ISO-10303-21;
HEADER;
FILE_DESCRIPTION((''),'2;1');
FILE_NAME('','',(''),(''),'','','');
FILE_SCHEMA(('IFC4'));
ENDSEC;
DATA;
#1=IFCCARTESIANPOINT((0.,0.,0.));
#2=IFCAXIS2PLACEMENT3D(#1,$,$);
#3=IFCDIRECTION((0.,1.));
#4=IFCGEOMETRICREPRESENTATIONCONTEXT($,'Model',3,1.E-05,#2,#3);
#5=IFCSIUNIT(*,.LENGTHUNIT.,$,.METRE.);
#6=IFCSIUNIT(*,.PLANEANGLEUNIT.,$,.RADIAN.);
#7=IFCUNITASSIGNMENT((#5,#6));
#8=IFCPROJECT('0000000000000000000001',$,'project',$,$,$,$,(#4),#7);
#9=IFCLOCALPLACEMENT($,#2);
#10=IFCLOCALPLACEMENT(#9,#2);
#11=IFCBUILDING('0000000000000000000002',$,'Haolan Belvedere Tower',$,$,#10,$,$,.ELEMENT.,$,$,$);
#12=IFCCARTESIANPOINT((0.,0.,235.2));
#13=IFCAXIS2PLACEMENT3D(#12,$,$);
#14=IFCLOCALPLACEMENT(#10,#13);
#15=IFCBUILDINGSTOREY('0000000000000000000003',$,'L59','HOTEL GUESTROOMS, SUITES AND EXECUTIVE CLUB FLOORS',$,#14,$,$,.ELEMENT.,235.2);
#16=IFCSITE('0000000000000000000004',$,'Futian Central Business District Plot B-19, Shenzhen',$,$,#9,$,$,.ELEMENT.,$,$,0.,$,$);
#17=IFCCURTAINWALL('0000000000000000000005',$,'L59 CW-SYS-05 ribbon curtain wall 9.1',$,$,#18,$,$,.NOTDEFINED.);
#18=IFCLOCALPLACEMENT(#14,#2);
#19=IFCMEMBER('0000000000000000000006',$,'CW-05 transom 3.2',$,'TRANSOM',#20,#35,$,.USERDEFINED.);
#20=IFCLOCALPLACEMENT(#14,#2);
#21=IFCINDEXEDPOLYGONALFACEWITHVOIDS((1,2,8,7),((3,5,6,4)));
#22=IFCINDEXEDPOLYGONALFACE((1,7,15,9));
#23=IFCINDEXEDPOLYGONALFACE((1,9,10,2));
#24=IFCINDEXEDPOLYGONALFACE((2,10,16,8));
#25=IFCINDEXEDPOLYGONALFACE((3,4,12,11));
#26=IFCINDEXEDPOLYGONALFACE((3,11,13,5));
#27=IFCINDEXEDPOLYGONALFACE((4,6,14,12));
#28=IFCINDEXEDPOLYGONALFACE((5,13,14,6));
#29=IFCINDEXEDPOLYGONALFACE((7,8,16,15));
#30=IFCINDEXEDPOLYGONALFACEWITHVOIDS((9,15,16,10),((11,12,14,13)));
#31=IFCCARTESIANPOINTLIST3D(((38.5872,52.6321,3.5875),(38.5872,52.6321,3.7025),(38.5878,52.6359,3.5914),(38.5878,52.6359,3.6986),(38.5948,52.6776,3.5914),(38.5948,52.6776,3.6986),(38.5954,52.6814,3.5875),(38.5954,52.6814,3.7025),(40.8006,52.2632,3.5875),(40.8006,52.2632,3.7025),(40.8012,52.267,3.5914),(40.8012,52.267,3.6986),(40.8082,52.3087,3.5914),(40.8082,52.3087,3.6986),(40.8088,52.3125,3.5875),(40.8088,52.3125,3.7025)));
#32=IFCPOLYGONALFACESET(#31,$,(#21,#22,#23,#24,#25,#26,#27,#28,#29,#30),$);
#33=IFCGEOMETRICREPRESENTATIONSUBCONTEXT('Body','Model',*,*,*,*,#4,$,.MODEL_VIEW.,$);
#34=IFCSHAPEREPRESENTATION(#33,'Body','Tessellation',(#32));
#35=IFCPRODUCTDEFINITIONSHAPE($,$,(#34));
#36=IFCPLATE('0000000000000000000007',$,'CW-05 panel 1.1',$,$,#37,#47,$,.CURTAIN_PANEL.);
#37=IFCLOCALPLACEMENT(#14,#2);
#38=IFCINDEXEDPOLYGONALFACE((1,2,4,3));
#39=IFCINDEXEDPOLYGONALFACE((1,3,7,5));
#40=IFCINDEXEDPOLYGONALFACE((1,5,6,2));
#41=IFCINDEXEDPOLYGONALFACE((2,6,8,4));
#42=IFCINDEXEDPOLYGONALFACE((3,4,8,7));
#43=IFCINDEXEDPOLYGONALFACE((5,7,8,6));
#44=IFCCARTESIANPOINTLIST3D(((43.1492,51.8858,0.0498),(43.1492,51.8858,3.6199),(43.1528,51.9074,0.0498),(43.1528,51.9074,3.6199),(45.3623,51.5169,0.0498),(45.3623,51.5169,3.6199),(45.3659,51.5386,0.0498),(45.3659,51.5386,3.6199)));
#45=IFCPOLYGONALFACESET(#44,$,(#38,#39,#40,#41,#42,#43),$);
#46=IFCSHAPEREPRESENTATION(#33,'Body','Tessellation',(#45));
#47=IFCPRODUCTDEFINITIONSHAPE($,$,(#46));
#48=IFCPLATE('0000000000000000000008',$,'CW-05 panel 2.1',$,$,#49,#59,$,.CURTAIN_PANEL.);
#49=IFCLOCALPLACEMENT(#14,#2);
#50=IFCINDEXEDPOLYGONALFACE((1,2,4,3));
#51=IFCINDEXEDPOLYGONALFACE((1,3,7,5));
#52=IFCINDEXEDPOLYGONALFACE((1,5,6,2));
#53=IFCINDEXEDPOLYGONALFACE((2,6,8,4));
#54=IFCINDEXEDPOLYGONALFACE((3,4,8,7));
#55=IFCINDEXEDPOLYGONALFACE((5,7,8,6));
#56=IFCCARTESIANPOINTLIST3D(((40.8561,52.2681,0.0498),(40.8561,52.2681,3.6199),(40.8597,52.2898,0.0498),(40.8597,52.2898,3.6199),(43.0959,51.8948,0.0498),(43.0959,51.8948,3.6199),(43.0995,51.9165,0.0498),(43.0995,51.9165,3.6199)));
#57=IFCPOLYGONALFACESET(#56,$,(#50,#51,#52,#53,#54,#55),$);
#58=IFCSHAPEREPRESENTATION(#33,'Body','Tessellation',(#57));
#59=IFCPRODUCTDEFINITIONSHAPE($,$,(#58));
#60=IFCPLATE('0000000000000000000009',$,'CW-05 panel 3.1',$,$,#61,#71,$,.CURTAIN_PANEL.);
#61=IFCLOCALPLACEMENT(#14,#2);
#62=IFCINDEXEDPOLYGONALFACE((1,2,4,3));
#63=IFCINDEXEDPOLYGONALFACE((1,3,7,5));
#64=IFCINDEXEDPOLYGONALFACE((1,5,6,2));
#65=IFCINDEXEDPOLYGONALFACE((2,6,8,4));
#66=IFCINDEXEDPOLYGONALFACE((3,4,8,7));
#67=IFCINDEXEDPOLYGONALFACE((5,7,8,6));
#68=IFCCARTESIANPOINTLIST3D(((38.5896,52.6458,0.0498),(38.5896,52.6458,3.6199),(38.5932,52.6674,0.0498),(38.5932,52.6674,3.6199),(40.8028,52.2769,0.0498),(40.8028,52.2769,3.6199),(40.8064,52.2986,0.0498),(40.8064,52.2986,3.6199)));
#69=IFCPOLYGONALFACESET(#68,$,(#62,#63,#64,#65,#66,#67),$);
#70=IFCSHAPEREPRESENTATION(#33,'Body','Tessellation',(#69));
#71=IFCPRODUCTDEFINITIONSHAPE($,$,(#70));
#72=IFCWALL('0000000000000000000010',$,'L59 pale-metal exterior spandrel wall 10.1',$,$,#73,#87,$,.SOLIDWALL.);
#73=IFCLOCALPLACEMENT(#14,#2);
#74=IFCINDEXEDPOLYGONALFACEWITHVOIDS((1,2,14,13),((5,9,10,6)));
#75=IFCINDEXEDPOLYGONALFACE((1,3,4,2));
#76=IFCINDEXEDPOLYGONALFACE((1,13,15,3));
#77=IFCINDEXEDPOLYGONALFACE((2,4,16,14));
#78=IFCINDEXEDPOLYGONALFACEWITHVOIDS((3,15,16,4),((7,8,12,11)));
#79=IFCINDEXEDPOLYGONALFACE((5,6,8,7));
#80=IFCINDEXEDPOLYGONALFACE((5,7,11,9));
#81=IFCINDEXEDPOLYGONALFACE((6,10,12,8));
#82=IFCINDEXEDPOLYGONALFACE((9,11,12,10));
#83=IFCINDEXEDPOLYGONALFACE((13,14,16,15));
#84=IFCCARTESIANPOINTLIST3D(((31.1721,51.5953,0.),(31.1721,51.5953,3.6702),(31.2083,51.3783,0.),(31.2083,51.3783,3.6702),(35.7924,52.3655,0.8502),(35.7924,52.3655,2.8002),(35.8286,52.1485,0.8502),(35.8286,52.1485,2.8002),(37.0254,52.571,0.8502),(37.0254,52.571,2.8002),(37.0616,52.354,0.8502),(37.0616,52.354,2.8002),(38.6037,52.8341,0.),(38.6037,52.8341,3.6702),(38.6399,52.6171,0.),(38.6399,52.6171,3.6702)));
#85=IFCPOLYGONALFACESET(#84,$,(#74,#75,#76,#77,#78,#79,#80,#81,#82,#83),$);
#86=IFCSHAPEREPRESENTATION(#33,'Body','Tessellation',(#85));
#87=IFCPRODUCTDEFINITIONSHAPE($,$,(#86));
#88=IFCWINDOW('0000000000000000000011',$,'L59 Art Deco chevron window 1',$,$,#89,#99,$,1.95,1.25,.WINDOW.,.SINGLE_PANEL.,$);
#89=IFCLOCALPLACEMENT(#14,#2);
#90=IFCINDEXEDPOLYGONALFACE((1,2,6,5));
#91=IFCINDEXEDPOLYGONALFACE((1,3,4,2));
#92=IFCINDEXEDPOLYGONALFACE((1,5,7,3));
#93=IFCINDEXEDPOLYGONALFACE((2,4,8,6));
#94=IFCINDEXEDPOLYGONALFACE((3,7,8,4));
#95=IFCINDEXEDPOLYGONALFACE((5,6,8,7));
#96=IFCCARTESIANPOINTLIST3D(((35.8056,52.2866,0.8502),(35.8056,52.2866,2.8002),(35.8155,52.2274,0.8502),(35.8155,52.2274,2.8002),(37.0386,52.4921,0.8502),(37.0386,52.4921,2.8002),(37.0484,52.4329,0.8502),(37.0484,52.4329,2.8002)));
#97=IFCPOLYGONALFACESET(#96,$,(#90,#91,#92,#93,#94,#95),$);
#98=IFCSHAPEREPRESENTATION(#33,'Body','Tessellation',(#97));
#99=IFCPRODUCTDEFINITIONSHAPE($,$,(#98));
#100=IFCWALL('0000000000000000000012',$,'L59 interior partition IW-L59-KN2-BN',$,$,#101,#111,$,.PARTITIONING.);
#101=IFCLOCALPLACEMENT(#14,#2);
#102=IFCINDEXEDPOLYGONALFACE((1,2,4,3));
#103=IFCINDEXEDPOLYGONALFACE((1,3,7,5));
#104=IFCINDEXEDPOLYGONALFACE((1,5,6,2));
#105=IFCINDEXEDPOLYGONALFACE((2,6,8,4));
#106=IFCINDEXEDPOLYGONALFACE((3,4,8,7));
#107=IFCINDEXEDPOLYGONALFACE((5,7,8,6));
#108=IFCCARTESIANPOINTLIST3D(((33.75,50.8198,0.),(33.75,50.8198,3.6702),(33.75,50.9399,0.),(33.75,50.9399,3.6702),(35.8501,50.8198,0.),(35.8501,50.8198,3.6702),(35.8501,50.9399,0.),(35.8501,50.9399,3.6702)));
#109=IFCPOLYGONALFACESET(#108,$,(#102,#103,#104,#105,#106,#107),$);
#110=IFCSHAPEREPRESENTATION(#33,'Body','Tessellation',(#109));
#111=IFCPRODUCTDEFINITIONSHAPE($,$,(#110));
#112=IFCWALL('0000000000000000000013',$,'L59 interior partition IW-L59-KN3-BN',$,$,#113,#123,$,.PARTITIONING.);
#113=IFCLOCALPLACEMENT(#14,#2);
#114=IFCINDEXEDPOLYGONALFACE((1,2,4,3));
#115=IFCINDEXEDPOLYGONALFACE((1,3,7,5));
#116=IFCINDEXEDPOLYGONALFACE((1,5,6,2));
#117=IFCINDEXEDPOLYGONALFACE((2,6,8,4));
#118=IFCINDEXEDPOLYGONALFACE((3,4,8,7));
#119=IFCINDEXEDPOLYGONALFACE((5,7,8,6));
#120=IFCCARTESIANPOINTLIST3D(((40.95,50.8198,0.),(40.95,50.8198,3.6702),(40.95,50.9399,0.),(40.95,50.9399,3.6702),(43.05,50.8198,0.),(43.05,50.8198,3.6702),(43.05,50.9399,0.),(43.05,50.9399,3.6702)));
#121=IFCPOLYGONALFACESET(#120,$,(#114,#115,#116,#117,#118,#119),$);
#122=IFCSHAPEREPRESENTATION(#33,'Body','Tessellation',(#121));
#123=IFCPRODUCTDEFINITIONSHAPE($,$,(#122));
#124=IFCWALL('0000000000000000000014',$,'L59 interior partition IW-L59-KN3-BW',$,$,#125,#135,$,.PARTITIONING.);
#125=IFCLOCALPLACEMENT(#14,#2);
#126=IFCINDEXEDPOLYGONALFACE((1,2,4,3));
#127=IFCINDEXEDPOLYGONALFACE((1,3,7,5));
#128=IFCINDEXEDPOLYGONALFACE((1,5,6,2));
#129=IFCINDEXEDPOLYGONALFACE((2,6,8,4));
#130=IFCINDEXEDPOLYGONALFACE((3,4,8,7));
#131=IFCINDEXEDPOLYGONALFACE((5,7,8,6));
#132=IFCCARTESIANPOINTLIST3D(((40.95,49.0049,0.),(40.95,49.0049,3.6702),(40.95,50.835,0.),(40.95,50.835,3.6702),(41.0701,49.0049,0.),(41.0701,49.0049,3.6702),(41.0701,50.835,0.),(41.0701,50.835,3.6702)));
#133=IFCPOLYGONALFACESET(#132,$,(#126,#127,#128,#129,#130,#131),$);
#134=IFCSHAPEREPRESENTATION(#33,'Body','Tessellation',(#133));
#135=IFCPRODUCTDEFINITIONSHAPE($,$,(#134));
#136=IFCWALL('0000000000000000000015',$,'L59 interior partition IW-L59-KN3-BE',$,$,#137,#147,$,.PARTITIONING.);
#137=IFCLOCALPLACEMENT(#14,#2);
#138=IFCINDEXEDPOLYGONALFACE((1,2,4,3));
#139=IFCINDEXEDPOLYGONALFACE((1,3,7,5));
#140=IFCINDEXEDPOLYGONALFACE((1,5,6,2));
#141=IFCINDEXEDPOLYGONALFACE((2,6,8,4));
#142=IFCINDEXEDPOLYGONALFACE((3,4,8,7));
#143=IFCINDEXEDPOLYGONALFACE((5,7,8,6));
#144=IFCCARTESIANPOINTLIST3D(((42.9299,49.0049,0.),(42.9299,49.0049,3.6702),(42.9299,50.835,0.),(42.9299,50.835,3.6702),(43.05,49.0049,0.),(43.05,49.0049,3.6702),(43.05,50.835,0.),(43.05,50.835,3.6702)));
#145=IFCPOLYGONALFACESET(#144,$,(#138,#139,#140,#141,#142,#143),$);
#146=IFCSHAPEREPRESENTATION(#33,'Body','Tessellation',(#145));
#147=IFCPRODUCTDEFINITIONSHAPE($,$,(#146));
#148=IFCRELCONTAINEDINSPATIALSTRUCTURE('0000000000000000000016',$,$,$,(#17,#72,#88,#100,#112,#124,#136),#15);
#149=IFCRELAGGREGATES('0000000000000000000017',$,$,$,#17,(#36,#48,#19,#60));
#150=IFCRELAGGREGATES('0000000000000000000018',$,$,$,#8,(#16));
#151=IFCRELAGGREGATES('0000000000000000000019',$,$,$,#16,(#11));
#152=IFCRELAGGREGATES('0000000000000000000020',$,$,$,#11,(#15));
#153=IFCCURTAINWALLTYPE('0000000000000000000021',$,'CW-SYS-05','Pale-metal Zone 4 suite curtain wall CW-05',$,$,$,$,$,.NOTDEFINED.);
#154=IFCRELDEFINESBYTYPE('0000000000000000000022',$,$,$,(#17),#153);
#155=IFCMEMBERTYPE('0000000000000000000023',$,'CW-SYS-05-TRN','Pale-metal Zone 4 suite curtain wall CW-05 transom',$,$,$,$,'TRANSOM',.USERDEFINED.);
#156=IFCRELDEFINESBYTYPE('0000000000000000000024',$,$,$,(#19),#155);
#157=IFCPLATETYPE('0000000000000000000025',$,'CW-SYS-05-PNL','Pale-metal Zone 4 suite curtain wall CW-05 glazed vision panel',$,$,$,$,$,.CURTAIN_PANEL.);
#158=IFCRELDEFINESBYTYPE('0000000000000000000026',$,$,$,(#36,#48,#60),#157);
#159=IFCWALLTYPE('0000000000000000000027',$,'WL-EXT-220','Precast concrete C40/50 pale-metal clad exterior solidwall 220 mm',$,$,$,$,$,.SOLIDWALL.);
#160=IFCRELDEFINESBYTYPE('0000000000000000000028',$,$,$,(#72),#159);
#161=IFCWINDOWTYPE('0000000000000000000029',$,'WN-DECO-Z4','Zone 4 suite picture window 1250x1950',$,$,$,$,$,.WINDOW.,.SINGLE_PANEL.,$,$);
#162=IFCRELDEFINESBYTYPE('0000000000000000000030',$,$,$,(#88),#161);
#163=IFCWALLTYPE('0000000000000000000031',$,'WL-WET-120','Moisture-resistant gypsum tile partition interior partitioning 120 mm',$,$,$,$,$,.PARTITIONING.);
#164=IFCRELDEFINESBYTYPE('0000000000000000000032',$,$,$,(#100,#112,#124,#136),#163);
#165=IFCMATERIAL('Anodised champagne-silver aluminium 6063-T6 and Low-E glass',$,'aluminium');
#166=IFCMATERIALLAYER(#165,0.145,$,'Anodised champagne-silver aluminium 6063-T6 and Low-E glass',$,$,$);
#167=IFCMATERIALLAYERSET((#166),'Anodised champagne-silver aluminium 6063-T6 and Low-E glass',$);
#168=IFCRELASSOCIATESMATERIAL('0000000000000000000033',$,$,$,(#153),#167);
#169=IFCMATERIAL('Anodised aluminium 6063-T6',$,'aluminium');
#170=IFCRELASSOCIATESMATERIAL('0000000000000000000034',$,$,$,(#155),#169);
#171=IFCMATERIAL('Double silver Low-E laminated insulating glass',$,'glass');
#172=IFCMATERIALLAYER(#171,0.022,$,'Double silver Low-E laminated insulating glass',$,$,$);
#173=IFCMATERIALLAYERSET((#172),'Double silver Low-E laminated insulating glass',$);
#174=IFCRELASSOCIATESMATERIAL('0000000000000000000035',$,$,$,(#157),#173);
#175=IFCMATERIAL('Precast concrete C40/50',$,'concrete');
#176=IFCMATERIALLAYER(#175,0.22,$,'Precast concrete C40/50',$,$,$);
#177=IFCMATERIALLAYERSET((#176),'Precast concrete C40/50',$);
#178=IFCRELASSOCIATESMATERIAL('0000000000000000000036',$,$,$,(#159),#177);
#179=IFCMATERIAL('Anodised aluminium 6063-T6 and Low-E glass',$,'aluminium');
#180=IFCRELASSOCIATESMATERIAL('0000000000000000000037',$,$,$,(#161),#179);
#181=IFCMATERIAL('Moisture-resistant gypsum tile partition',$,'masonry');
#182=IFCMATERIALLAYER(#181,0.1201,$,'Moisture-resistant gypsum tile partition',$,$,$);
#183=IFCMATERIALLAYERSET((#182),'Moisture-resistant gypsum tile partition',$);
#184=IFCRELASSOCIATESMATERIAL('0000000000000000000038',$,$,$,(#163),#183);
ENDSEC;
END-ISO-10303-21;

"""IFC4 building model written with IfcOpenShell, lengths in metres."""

from ifc_helpers import new_model, si_unit, direction, frame, frame_2d, origin, origin_2d, place, context, subcontext, project, spatial, rectangle, hollow_rectangle, extrude, material, layer, layer_set, material_profile, profile_set, type_object, element, fill, aggregate, save


model = new_model("IFC4")

# Units and contexts
model_context = context("Model", 3, precision=1e-05, world=origin(), true_north=direction((0.0, 1.0)))
body_context = subcontext(model_context, "Body", "Model", "MODEL_VIEW")
ifc_project = project(units=[si_unit("LENGTHUNIT", "METRE"), si_unit("PLANEANGLEUNIT", "RADIAN")], contexts=[model_context])

# Site, building, storey
site_placement = place(None, origin())
site = spatial("IfcSite", under=ifc_project, at=site_placement, Name="Futian Central Business District Plot B-19, Shenzhen", CompositionType="ELEMENT", RefElevation=0.0)
building_placement = place(site_placement, origin())
building = spatial("IfcBuilding", under=site, at=building_placement, Name="Haolan Belvedere Tower", CompositionType="ELEMENT")
storey_placement = place(building_placement, frame((0.0, 0.0, 235.2)))
storey = spatial("IfcBuildingStorey", under=building, at=storey_placement, Name="L59", Description="HOTEL GUESTROOMS, SUITES AND EXECUTIVE CLUB FLOORS", CompositionType="ELEMENT", Elevation=235.2)

# Curtain wall, member, plates
ifc_material_1 = material(Name="Anodised champagne-silver aluminium 6063-T6 and Low-E glass", Category="aluminium")
ifc_layer_1 = layer(ifc_material_1, 0.145, Name="Anodised champagne-silver aluminium 6063-T6 and Low-E glass")
ifc_layer_set_1 = layer_set([ifc_layer_1], Name="Anodised champagne-silver aluminium 6063-T6 and Low-E glass")
curtain_wall_type = type_object("IfcCurtainWallType", Name="CW-SYS-05", Description="Pale-metal Zone 4 suite curtain wall CW-05", PredefinedType="NOTDEFINED", material=ifc_layer_set_1)
curtain_wall_placement = place(storey_placement, origin())
curtain_wall = element("IfcCurtainWall", 1, at=curtain_wall_placement, inside=storey, type_object=curtain_wall_type, Name="L59 CW-SYS-05 ribbon curtain wall 9.1", PredefinedType="NOTDEFINED")
ifc_material_2 = material(Name="Anodised aluminium 6063-T6", Category="aluminium")
ifc_material_profile_1 = material_profile(ifc_material_2, hollow_rectangle(XDim=0.05, YDim=0.115, WallThickness=0.0039, at=origin_2d()), Name="Anodised aluminium 6063-T6")
ifc_profile_set_1 = profile_set([ifc_material_profile_1], Name="Anodised aluminium 6063-T6")
member_type_1 = type_object("IfcMemberType", Name="CW-SYS-05-TRN", Description="Pale-metal Zone 4 suite curtain wall CW-05 transom", ElementType="TRANSOM", PredefinedType="USERDEFINED", material=ifc_profile_set_1)
member_1_placement = place(storey_placement, frame((40.8047, 52.2878, 3.645), z_axis=(-0.986394, 0.164399, 0.0), x_axis=(-0.164399, -0.986394, 0.0)))
member_1 = element("IfcMember", 2, at=member_1_placement, type_object=member_type_1, Name="CW-05 transom 3.2", ObjectType="TRANSOM", PredefinedType="USERDEFINED", context=body_context, shape_type="SweptSolid", body=[
    extrude(hollow_rectangle(XDim=0.05, YDim=0.115, WallThickness=0.0039, at=origin_2d()), origin(), (0.0, 0.0, 1.0), 2.2439),
])
ifc_material_3 = material(Name="Double silver Low-E laminated insulating glass", Category="glass")
ifc_layer_2 = layer(ifc_material_3, 0.022, Name="Double silver Low-E laminated insulating glass")
ifc_layer_set_2 = layer_set([ifc_layer_2], Name="Double silver Low-E laminated insulating glass")
plate_type = type_object("IfcPlateType", Name="CW-SYS-05-PNL", Description="Pale-metal Zone 4 suite curtain wall CW-05 glazed vision panel", PredefinedType="CURTAIN_PANEL", material=ifc_layer_set_2)
plate_1_placement = place(storey_placement, frame((44.2576, 51.7122, 0.0498), z_axis=(0.0, 0.0, 1.0), x_axis=(-0.986393, 0.164406, 0.0)))
plate_1 = element("IfcPlate", 3, at=plate_1_placement, type_object=plate_type, Name="CW-05 panel 1.1", PredefinedType="CURTAIN_PANEL", context=body_context, shape_type="SweptSolid", body=[
    extrude(rectangle(XDim=2.2437, YDim=0.022, at=origin_2d()), origin(), (0.0, 0.0, 1.0), 3.5701),
])
plate_2_placement = place(storey_placement, frame((41.9778, 52.0923, 0.0498), z_axis=(0.0, 0.0, 1.0), x_axis=(-0.986393, 0.164406, 0.0)))
plate_2 = element("IfcPlate", 4, at=plate_2_placement, type_object=plate_type, Name="CW-05 panel 2.1", PredefinedType="CURTAIN_PANEL", context=body_context, shape_type="SweptSolid", body=[
    extrude(rectangle(XDim=2.2708, YDim=0.022, at=origin_2d()), origin(), (0.0, 0.0, 1.0), 3.5701),
])
plate_3_placement = place(storey_placement, frame((39.698, 52.4722, 0.0498), z_axis=(0.0, 0.0, 1.0), x_axis=(-0.986393, 0.164406, 0.0)))
plate_3 = element("IfcPlate", 5, at=plate_3_placement, type_object=plate_type, Name="CW-05 panel 3.1", PredefinedType="CURTAIN_PANEL", context=body_context, shape_type="SweptSolid", body=[
    extrude(rectangle(XDim=2.2437, YDim=0.022, at=origin_2d()), origin(), (0.0, 0.0, 1.0), 3.5701),
])
aggregate(curtain_wall, [plate_1, plate_2, member_1, plate_3])

# Wall, opening, window
ifc_material_4 = material(Name="Precast concrete C40/50", Category="concrete")
ifc_layer_3 = layer(ifc_material_4, 0.22, Name="Precast concrete C40/50")
ifc_layer_set_3 = layer_set([ifc_layer_3], Name="Precast concrete C40/50")
wall_type_1 = type_object("IfcWallType", Name="WL-EXT-220", Description="Precast concrete C40/50 pale-metal clad exterior solidwall 220 mm", PredefinedType="SOLIDWALL", material=ifc_layer_set_3)
wall_placement = place(storey_placement, frame((38.6218, 52.7256, 0.0), z_axis=(0.0, 0.0, 1.0), x_axis=(-0.98639, -0.16442, 0.0)))
wall = element("IfcWall", 6, at=wall_placement, inside=storey, type_object=wall_type_1, Name="L59 pale-metal exterior spandrel wall 10.1", PredefinedType="SOLIDWALL", context=body_context, shape_type="SweptSolid", body=[
    extrude(rectangle(XDim=7.5342, YDim=0.22, at=frame_2d((3.7671, 0.0))), origin(), (0.0, 0.0, 1.0), 3.6702),
])
opening_placement = place(wall_placement, frame((1.6001, 0.0, 0.8501)))
opening = element("IfcOpeningElement", 7, at=opening_placement, cuts=wall, PredefinedType="OPENING", context=body_context, shape_type="SweptSolid", body=[
    extrude(rectangle(XDim=1.25, YDim=1.95, at=frame_2d((0.625, 0.9751))), frame((0.0, 0.1199, 0.0), z_axis=(0.0, -1.0, 0.0), x_axis=(1.0, 0.0, 0.0)), (0.0, 0.0, 1.0), 0.24),
])
ifc_material_5 = material(Name="Anodised aluminium 6063-T6 and Low-E glass", Category="aluminium")
window_type = type_object("IfcWindowType", Name="WN-DECO-Z4", Description="Zone 4 suite picture window 1250x1950", PartitioningType="SINGLE_PANEL", PredefinedType="WINDOW", material=ifc_material_5)
window_placement = place(opening_placement, origin())
window = element("IfcWindow", 8, at=window_placement, inside=storey, type_object=window_type, Name="L59 Art Deco chevron window 1", OverallHeight=1.95, OverallWidth=1.25, PartitioningType="SINGLE_PANEL", PredefinedType="WINDOW", context=body_context, shape_type="SweptSolid", body=[
    extrude(rectangle(XDim=1.25, YDim=1.95, at=frame_2d((0.625, 0.9751))), frame((0.0, 0.03, 0.0), z_axis=(0.0, -1.0, 0.0), x_axis=(1.0, 0.0, 0.0)), (0.0, 0.0, 1.0), 0.0601),
])
fill(opening, window)

# Walls
ifc_material_6 = material(Name="Moisture-resistant gypsum tile partition", Category="masonry")
ifc_layer_4 = layer(ifc_material_6, 0.1201, Name="Moisture-resistant gypsum tile partition")
ifc_layer_set_4 = layer_set([ifc_layer_4], Name="Moisture-resistant gypsum tile partition")
wall_type_2 = type_object("IfcWallType", Name="WL-WET-120", Description="Moisture-resistant gypsum tile partition interior partitioning 120 mm", PredefinedType="PARTITIONING", material=ifc_layer_set_4)
for number, where, z_axis, x_axis, name in (
    (9, (33.75, 50.8799, 0.0), (0.0, 0.0, 1.0), (1.0, 0.0, 0.0), "L59 interior partition IW-L59-KN2-BN"),
    (10, (40.95, 50.8799, 0.0), (0.0, 0.0, 1.0), (1.0, 0.0, 0.0), "L59 interior partition IW-L59-KN3-BN"),
):
    element("IfcWall", number, at=place(storey_placement, frame(where, z_axis=z_axis, x_axis=x_axis)), inside=storey, type_object=wall_type_2, Name=name, PredefinedType="PARTITIONING", context=body_context, shape_type="SweptSolid", body=[
        extrude(rectangle(XDim=2.1001, YDim=0.1201, at=frame_2d((1.05, 0.0))), origin(), (0.0, 0.0, 1.0), 3.6702),
    ])
for number, where, z_axis, x_axis, name in (
    (11, (41.01, 49.0049, 0.0), (0.0, 0.0, 1.0), (0.0, 1.0, 0.0), "L59 interior partition IW-L59-KN3-BW"),
    (12, (42.99, 49.0049, 0.0), (0.0, 0.0, 1.0), (0.0, 1.0, 0.0), "L59 interior partition IW-L59-KN3-BE"),
):
    element("IfcWall", number, at=place(storey_placement, frame(where, z_axis=z_axis, x_axis=x_axis)), inside=storey, type_object=wall_type_2, Name=name, PredefinedType="PARTITIONING", context=body_context, shape_type="SweptSolid", body=[
        extrude(rectangle(XDim=1.8301, YDim=0.1201, at=frame_2d((0.915, 0.0))), origin(), (0.0, 0.0, 1.0), 3.6702),
    ])

save(model, "model.ifc")
